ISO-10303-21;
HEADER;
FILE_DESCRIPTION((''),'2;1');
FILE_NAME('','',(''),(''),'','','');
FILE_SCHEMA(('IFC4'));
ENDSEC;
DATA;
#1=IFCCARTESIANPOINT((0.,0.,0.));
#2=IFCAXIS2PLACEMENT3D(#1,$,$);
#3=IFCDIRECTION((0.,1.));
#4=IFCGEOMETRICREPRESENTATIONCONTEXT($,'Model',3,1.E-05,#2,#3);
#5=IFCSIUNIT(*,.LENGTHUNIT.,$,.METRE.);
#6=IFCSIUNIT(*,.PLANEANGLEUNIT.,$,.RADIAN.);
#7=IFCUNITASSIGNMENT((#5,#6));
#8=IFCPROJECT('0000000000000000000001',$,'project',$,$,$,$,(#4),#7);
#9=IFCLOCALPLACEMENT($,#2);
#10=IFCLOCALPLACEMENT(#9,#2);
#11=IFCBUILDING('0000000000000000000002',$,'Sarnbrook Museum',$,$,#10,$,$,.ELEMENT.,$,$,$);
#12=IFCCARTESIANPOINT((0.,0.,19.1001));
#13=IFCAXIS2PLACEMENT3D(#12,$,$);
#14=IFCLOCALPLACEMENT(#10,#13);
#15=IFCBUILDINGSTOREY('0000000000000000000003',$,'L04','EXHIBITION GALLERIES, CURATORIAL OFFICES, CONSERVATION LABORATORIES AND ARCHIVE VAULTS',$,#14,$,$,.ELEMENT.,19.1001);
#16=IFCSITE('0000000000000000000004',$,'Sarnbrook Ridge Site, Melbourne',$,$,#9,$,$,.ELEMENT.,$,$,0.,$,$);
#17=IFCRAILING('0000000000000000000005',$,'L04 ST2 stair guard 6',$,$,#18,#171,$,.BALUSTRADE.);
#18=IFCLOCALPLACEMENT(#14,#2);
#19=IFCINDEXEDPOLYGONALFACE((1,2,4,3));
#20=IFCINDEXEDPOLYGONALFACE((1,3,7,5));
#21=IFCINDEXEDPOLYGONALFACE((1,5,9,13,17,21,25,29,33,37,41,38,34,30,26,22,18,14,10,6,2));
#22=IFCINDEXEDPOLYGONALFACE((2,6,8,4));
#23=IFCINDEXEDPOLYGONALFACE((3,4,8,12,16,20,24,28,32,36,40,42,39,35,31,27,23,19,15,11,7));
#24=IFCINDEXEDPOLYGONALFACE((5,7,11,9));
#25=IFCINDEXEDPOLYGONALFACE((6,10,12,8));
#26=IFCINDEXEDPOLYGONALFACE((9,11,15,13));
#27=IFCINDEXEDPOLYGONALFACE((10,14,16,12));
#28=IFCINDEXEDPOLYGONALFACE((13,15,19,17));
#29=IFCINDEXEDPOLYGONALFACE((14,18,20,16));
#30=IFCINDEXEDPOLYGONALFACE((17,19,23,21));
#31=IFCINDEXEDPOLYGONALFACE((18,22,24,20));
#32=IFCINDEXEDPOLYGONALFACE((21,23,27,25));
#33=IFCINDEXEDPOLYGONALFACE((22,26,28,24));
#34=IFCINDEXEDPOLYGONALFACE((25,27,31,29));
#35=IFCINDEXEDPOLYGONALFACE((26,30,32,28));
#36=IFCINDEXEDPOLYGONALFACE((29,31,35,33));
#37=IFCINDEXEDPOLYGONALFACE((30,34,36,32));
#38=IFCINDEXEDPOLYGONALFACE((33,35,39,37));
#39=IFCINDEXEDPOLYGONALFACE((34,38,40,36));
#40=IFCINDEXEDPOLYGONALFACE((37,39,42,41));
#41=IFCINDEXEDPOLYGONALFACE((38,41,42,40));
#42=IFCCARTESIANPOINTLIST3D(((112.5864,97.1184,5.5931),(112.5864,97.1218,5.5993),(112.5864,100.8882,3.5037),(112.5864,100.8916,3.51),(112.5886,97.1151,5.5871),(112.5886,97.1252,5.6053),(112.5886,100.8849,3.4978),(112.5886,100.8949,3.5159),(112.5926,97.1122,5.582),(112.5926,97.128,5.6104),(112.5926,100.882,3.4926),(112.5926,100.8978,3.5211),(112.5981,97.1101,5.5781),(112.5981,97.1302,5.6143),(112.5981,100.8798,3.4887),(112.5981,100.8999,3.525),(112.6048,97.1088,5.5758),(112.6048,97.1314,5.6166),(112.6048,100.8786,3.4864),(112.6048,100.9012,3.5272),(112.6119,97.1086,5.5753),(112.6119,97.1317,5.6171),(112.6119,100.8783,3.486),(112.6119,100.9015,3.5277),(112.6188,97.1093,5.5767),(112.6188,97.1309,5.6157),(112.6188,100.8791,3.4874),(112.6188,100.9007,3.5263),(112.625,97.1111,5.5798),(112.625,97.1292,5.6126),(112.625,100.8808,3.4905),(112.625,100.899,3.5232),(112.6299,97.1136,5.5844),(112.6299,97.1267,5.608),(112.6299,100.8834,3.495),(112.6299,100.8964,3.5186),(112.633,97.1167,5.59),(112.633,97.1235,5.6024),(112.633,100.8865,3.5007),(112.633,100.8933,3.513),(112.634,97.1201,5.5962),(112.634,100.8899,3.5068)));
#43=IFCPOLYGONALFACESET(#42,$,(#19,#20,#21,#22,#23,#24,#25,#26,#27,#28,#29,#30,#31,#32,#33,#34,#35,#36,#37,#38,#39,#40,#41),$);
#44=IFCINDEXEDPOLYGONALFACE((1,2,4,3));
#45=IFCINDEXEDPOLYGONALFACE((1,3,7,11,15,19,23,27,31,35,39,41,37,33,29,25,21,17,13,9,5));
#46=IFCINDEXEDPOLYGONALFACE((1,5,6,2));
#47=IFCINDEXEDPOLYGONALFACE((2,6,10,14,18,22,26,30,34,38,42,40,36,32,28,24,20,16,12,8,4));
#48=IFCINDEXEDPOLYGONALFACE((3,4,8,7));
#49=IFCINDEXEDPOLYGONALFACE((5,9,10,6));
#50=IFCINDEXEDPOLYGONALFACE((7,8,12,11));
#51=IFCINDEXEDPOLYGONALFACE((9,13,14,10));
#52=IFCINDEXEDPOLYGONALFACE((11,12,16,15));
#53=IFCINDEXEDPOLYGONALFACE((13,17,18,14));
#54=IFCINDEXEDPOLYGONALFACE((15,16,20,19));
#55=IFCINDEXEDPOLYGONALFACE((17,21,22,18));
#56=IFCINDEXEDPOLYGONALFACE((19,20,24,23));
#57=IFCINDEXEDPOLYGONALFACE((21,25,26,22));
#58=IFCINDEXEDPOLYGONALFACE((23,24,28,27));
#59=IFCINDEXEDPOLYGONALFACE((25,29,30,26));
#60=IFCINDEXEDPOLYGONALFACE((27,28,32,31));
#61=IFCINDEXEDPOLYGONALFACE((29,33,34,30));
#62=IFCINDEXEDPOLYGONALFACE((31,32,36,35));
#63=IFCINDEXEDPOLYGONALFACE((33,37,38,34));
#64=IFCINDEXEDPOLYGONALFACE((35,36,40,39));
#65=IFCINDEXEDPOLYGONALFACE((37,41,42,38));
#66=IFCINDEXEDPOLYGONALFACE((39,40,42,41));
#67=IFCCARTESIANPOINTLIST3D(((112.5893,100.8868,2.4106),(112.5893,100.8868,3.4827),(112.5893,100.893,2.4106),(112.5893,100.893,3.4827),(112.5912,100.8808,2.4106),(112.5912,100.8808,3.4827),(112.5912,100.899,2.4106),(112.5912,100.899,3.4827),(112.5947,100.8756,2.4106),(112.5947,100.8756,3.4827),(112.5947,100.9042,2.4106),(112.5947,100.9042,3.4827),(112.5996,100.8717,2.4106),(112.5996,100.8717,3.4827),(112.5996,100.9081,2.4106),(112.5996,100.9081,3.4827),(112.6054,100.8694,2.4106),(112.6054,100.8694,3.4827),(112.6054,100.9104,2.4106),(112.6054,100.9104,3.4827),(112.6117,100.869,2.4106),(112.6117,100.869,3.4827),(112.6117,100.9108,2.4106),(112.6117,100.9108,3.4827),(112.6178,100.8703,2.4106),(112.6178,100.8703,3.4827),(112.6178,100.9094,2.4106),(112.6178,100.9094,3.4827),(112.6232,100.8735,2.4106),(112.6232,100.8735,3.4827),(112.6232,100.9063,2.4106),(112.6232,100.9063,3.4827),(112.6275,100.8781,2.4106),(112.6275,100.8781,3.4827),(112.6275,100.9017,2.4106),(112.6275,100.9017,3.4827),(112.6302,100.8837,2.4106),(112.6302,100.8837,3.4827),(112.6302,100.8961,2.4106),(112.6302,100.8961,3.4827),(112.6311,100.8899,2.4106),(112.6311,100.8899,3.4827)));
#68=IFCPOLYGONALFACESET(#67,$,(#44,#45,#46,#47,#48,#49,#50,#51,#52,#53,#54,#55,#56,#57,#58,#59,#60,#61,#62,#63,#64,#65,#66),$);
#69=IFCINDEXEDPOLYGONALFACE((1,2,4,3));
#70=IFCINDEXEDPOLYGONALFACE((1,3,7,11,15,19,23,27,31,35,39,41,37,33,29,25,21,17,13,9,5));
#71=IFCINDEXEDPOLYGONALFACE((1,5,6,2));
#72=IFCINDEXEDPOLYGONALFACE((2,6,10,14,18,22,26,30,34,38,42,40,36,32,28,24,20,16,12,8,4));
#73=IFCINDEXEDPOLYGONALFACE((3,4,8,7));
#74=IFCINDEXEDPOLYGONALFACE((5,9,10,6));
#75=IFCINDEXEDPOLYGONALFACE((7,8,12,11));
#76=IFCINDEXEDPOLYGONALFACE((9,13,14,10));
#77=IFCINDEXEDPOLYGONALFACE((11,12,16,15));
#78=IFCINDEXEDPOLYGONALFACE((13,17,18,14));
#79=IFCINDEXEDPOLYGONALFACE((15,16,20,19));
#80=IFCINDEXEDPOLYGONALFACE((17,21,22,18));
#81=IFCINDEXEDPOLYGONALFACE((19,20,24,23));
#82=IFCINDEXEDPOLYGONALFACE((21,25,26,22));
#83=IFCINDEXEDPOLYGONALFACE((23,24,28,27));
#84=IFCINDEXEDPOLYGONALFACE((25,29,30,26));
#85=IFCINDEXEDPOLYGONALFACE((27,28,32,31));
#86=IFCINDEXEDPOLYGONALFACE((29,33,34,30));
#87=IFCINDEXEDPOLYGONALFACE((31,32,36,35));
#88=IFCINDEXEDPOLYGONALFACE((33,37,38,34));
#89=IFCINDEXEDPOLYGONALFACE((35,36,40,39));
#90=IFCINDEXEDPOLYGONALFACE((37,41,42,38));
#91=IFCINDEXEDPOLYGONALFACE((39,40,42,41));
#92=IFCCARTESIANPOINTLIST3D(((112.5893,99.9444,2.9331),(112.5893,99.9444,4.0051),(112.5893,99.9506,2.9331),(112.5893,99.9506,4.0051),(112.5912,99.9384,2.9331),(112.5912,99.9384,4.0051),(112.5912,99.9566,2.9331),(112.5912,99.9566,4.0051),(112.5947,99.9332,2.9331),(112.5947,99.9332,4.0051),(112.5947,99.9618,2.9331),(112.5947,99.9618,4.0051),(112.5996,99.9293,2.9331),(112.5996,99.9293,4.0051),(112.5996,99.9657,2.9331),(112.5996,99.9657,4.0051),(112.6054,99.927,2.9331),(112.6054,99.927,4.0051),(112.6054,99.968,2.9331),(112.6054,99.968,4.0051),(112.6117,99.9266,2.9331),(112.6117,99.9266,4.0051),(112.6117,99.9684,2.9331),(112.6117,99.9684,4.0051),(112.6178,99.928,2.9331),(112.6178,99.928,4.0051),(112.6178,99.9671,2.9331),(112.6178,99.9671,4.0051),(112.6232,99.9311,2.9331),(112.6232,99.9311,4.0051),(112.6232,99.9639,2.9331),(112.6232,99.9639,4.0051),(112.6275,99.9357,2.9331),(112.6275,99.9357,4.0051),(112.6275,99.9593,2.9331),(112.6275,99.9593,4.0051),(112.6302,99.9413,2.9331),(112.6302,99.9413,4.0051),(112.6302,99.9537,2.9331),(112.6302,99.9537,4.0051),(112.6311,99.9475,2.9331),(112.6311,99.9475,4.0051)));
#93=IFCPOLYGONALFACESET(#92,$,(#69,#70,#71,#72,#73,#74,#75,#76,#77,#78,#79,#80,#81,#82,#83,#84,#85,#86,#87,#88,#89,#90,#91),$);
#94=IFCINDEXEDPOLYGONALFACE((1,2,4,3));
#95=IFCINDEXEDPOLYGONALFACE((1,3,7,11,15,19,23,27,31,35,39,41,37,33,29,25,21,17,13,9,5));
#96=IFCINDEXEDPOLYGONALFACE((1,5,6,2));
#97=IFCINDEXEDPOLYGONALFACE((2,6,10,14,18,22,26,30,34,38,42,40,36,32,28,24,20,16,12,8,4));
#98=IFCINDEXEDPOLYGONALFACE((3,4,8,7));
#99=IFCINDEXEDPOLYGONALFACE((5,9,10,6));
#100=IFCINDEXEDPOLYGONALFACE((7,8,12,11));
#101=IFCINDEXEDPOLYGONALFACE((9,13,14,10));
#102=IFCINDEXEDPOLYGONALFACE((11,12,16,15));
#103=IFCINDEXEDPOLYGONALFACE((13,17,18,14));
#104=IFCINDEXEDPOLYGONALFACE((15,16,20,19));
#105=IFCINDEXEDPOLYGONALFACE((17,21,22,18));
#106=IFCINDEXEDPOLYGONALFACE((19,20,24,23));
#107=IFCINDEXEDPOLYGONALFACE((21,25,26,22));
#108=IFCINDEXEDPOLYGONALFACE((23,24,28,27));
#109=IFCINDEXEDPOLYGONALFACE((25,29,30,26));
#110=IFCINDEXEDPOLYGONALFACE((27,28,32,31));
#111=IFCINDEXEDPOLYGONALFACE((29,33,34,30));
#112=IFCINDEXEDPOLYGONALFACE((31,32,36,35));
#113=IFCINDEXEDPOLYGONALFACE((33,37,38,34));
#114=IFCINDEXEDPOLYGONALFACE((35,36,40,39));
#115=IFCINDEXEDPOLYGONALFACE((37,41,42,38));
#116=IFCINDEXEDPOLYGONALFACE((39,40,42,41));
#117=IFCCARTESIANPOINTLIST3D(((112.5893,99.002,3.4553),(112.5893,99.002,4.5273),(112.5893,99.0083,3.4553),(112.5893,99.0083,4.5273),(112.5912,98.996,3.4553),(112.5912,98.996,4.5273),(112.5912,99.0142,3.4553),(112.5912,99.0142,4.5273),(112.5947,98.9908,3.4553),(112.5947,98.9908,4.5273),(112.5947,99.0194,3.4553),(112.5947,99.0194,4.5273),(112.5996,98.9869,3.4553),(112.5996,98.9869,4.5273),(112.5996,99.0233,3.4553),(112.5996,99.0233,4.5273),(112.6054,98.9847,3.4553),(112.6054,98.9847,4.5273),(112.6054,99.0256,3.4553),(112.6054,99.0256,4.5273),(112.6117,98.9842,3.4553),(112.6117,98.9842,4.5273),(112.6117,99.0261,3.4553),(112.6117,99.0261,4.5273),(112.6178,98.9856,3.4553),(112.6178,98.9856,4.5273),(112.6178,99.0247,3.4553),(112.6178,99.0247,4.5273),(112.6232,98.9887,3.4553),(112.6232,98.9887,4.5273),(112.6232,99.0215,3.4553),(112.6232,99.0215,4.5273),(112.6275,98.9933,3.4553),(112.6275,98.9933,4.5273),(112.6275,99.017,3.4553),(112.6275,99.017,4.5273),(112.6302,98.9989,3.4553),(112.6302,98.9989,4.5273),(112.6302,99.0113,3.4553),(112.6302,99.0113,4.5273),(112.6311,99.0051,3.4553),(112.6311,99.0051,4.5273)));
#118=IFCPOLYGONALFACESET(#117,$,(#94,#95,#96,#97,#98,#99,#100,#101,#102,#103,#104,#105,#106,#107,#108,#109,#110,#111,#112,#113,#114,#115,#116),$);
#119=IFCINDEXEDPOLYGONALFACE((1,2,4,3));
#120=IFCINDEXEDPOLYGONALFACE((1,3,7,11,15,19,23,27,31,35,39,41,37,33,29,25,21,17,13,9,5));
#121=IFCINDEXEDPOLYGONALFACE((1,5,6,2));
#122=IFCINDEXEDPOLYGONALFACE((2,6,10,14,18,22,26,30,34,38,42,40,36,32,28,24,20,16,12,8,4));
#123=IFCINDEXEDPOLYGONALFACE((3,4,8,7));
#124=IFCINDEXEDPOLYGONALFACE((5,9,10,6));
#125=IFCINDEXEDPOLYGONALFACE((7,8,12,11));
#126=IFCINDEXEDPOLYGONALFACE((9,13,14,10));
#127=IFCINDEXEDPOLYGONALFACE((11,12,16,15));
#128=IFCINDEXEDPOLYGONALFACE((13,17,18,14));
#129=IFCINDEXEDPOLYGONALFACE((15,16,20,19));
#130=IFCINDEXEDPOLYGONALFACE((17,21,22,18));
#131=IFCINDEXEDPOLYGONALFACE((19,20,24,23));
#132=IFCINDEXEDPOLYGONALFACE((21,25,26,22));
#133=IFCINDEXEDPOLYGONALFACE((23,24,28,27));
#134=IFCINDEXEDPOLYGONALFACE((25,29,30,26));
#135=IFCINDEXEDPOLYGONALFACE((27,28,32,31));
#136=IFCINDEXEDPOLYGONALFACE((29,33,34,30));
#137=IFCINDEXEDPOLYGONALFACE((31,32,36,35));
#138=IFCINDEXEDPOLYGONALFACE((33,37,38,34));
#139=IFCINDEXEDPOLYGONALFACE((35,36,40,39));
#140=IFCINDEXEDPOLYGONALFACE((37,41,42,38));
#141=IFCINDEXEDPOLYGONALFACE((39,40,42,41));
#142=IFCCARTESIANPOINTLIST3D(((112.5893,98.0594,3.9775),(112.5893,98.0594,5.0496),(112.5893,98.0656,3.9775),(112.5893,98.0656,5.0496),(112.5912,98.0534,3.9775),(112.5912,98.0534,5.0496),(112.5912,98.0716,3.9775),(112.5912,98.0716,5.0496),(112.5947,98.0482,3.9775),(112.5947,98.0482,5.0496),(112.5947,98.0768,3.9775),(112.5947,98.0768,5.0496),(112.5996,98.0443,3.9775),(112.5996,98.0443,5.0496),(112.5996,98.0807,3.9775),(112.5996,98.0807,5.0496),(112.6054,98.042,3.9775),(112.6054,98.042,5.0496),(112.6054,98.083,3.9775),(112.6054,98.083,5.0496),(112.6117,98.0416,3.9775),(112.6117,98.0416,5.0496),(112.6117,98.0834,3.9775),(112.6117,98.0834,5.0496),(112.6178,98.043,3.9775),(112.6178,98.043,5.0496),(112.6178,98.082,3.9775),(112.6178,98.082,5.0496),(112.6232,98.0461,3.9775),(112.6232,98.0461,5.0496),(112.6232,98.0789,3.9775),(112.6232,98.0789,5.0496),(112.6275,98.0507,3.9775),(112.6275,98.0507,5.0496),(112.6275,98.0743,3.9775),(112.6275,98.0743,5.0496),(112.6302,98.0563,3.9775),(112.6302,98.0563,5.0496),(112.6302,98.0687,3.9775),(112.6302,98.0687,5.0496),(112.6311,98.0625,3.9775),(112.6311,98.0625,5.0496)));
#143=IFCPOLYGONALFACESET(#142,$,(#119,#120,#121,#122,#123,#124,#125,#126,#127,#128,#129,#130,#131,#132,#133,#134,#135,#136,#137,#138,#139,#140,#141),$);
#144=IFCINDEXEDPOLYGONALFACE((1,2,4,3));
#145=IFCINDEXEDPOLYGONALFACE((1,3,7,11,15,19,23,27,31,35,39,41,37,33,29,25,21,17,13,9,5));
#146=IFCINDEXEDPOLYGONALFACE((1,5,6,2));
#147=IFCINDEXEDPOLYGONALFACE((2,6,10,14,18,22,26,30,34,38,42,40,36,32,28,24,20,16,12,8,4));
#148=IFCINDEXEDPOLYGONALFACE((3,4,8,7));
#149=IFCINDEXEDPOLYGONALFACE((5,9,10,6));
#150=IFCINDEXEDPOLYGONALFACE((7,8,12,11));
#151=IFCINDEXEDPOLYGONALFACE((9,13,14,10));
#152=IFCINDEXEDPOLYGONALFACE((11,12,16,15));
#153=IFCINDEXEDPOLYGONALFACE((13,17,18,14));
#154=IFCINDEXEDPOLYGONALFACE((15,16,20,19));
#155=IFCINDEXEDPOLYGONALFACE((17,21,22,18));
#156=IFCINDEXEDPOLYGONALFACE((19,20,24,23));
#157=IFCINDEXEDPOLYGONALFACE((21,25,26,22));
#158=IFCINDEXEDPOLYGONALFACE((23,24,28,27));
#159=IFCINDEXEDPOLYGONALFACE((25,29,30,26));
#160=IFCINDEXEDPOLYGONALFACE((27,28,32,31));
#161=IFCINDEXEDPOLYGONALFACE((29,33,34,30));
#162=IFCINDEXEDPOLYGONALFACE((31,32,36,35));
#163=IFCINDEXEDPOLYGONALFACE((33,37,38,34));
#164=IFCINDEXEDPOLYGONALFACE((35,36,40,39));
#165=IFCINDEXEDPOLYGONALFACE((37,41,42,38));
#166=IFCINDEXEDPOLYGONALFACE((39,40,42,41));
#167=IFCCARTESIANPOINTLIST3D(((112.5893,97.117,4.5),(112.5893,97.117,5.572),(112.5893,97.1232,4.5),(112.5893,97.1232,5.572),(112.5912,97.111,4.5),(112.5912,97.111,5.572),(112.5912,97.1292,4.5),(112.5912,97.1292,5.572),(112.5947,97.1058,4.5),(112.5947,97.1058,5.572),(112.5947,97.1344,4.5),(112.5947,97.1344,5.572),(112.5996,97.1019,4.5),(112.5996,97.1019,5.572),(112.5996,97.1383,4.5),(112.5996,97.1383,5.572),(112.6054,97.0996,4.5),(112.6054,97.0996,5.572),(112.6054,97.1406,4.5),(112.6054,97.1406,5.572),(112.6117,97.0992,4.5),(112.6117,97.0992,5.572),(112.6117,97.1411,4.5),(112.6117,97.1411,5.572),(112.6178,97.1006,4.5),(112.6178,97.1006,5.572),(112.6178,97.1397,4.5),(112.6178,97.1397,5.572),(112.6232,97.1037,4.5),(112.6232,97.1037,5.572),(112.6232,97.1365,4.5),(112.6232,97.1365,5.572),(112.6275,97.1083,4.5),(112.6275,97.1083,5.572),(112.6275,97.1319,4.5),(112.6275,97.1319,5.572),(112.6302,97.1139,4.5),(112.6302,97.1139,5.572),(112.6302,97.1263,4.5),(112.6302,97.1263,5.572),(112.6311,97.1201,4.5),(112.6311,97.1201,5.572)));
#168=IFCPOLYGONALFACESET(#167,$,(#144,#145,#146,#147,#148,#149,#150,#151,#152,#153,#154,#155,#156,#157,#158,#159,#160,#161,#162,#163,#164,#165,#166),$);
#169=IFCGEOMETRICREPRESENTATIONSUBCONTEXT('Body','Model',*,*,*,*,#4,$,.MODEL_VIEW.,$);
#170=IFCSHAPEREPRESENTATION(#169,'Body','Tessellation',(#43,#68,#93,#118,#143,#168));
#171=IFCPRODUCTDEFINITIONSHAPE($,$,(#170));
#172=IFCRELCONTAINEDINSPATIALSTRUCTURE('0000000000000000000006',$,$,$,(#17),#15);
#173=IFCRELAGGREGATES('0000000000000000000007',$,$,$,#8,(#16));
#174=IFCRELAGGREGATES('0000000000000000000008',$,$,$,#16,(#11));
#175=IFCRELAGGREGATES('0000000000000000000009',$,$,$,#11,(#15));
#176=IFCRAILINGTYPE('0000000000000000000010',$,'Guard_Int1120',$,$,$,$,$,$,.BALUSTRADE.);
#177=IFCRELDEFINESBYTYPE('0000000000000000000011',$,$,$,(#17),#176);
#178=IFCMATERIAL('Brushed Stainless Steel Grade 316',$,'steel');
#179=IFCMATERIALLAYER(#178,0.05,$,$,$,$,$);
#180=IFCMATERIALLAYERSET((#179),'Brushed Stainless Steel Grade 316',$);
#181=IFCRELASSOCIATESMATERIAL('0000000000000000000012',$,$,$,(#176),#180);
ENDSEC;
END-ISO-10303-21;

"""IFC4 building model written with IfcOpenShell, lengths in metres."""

from ifc_helpers import new_model, si_unit, direction, frame, origin, origin_2d, place, context, subcontext, project, spatial, circle, extrude, material, layer, layer_set, type_object, element, save


model = new_model("IFC4")

# Units and contexts
model_context = context("Model", 3, precision=1e-05, world=origin(), true_north=direction((0.0, 1.0)))
body_context = subcontext(model_context, "Body", "Model", "MODEL_VIEW")
ifc_project = project(units=[si_unit("LENGTHUNIT", "METRE"), si_unit("PLANEANGLEUNIT", "RADIAN")], contexts=[model_context])

# Site, building, storey
site_placement = place(None, origin())
site = spatial("IfcSite", under=ifc_project, at=site_placement, Name="Sarnbrook Ridge Site, Melbourne", CompositionType="ELEMENT", RefElevation=0.0)
building_placement = place(site_placement, origin())
building = spatial("IfcBuilding", under=site, at=building_placement, Name="Sarnbrook Museum", CompositionType="ELEMENT")
storey_placement = place(building_placement, frame((0.0, 0.0, 19.1001)))
storey = spatial("IfcBuildingStorey", under=building, at=storey_placement, Name="L04", Description="EXHIBITION GALLERIES, CURATORIAL OFFICES, CONSERVATION LABORATORIES AND ARCHIVE VAULTS", CompositionType="ELEMENT", Elevation=19.1001)

# Shared definitions
ifc_material_1 = material(Name="Brushed Stainless Steel Grade 316", Category="steel")

# Railing
ifc_layer_1 = layer(ifc_material_1, 0.05)
ifc_layer_set_1 = layer_set([ifc_layer_1], Name="Brushed Stainless Steel Grade 316")
railing_type_1 = type_object("IfcRailingType", Name="Guard_Int1120", PredefinedType="BALUSTRADE", material=ifc_layer_set_1)
railing_1_placement = place(storey_placement, frame((112.6101, 100.8899, 2.4106)))
element("IfcRailing", 1, at=railing_1_placement, inside=storey, type_object=railing_type_1, Name="L04 ST2 stair guard 6", PredefinedType="BALUSTRADE", context=body_context, shape_type="SweptSolid", body=[
    extrude(circle(Radius=0.0239, at=origin_2d()), frame((0.0, 0.0, 1.0962), z_axis=(0.0, -0.874646, 0.484763), x_axis=(1.0, 0.0, 0.0)), (0.0, 0.0, 1.0), 4.3101),
    extrude(circle(Radius=0.021, at=origin_2d()), origin(), (0.0, 0.0, 1.0), 1.072),
    extrude(circle(Radius=0.021, at=origin_2d()), frame((0.0, -0.9424, 0.5225)), (0.0, 0.0, 1.0), 1.072),
    extrude(circle(Radius=0.021, at=origin_2d()), frame((0.0, -1.8848, 1.0447)), (0.0, 0.0, 1.0), 1.072),
    extrude(circle(Radius=0.021, at=origin_2d()), frame((0.0, -2.8274, 1.5669)), (0.0, 0.0, 1.0), 1.072),
    extrude(circle(Radius=0.021, at=origin_2d()), frame((0.0, -3.7698, 2.0894)), (0.0, 0.0, 1.0), 1.072),
])

save(model, "model.ifc")
